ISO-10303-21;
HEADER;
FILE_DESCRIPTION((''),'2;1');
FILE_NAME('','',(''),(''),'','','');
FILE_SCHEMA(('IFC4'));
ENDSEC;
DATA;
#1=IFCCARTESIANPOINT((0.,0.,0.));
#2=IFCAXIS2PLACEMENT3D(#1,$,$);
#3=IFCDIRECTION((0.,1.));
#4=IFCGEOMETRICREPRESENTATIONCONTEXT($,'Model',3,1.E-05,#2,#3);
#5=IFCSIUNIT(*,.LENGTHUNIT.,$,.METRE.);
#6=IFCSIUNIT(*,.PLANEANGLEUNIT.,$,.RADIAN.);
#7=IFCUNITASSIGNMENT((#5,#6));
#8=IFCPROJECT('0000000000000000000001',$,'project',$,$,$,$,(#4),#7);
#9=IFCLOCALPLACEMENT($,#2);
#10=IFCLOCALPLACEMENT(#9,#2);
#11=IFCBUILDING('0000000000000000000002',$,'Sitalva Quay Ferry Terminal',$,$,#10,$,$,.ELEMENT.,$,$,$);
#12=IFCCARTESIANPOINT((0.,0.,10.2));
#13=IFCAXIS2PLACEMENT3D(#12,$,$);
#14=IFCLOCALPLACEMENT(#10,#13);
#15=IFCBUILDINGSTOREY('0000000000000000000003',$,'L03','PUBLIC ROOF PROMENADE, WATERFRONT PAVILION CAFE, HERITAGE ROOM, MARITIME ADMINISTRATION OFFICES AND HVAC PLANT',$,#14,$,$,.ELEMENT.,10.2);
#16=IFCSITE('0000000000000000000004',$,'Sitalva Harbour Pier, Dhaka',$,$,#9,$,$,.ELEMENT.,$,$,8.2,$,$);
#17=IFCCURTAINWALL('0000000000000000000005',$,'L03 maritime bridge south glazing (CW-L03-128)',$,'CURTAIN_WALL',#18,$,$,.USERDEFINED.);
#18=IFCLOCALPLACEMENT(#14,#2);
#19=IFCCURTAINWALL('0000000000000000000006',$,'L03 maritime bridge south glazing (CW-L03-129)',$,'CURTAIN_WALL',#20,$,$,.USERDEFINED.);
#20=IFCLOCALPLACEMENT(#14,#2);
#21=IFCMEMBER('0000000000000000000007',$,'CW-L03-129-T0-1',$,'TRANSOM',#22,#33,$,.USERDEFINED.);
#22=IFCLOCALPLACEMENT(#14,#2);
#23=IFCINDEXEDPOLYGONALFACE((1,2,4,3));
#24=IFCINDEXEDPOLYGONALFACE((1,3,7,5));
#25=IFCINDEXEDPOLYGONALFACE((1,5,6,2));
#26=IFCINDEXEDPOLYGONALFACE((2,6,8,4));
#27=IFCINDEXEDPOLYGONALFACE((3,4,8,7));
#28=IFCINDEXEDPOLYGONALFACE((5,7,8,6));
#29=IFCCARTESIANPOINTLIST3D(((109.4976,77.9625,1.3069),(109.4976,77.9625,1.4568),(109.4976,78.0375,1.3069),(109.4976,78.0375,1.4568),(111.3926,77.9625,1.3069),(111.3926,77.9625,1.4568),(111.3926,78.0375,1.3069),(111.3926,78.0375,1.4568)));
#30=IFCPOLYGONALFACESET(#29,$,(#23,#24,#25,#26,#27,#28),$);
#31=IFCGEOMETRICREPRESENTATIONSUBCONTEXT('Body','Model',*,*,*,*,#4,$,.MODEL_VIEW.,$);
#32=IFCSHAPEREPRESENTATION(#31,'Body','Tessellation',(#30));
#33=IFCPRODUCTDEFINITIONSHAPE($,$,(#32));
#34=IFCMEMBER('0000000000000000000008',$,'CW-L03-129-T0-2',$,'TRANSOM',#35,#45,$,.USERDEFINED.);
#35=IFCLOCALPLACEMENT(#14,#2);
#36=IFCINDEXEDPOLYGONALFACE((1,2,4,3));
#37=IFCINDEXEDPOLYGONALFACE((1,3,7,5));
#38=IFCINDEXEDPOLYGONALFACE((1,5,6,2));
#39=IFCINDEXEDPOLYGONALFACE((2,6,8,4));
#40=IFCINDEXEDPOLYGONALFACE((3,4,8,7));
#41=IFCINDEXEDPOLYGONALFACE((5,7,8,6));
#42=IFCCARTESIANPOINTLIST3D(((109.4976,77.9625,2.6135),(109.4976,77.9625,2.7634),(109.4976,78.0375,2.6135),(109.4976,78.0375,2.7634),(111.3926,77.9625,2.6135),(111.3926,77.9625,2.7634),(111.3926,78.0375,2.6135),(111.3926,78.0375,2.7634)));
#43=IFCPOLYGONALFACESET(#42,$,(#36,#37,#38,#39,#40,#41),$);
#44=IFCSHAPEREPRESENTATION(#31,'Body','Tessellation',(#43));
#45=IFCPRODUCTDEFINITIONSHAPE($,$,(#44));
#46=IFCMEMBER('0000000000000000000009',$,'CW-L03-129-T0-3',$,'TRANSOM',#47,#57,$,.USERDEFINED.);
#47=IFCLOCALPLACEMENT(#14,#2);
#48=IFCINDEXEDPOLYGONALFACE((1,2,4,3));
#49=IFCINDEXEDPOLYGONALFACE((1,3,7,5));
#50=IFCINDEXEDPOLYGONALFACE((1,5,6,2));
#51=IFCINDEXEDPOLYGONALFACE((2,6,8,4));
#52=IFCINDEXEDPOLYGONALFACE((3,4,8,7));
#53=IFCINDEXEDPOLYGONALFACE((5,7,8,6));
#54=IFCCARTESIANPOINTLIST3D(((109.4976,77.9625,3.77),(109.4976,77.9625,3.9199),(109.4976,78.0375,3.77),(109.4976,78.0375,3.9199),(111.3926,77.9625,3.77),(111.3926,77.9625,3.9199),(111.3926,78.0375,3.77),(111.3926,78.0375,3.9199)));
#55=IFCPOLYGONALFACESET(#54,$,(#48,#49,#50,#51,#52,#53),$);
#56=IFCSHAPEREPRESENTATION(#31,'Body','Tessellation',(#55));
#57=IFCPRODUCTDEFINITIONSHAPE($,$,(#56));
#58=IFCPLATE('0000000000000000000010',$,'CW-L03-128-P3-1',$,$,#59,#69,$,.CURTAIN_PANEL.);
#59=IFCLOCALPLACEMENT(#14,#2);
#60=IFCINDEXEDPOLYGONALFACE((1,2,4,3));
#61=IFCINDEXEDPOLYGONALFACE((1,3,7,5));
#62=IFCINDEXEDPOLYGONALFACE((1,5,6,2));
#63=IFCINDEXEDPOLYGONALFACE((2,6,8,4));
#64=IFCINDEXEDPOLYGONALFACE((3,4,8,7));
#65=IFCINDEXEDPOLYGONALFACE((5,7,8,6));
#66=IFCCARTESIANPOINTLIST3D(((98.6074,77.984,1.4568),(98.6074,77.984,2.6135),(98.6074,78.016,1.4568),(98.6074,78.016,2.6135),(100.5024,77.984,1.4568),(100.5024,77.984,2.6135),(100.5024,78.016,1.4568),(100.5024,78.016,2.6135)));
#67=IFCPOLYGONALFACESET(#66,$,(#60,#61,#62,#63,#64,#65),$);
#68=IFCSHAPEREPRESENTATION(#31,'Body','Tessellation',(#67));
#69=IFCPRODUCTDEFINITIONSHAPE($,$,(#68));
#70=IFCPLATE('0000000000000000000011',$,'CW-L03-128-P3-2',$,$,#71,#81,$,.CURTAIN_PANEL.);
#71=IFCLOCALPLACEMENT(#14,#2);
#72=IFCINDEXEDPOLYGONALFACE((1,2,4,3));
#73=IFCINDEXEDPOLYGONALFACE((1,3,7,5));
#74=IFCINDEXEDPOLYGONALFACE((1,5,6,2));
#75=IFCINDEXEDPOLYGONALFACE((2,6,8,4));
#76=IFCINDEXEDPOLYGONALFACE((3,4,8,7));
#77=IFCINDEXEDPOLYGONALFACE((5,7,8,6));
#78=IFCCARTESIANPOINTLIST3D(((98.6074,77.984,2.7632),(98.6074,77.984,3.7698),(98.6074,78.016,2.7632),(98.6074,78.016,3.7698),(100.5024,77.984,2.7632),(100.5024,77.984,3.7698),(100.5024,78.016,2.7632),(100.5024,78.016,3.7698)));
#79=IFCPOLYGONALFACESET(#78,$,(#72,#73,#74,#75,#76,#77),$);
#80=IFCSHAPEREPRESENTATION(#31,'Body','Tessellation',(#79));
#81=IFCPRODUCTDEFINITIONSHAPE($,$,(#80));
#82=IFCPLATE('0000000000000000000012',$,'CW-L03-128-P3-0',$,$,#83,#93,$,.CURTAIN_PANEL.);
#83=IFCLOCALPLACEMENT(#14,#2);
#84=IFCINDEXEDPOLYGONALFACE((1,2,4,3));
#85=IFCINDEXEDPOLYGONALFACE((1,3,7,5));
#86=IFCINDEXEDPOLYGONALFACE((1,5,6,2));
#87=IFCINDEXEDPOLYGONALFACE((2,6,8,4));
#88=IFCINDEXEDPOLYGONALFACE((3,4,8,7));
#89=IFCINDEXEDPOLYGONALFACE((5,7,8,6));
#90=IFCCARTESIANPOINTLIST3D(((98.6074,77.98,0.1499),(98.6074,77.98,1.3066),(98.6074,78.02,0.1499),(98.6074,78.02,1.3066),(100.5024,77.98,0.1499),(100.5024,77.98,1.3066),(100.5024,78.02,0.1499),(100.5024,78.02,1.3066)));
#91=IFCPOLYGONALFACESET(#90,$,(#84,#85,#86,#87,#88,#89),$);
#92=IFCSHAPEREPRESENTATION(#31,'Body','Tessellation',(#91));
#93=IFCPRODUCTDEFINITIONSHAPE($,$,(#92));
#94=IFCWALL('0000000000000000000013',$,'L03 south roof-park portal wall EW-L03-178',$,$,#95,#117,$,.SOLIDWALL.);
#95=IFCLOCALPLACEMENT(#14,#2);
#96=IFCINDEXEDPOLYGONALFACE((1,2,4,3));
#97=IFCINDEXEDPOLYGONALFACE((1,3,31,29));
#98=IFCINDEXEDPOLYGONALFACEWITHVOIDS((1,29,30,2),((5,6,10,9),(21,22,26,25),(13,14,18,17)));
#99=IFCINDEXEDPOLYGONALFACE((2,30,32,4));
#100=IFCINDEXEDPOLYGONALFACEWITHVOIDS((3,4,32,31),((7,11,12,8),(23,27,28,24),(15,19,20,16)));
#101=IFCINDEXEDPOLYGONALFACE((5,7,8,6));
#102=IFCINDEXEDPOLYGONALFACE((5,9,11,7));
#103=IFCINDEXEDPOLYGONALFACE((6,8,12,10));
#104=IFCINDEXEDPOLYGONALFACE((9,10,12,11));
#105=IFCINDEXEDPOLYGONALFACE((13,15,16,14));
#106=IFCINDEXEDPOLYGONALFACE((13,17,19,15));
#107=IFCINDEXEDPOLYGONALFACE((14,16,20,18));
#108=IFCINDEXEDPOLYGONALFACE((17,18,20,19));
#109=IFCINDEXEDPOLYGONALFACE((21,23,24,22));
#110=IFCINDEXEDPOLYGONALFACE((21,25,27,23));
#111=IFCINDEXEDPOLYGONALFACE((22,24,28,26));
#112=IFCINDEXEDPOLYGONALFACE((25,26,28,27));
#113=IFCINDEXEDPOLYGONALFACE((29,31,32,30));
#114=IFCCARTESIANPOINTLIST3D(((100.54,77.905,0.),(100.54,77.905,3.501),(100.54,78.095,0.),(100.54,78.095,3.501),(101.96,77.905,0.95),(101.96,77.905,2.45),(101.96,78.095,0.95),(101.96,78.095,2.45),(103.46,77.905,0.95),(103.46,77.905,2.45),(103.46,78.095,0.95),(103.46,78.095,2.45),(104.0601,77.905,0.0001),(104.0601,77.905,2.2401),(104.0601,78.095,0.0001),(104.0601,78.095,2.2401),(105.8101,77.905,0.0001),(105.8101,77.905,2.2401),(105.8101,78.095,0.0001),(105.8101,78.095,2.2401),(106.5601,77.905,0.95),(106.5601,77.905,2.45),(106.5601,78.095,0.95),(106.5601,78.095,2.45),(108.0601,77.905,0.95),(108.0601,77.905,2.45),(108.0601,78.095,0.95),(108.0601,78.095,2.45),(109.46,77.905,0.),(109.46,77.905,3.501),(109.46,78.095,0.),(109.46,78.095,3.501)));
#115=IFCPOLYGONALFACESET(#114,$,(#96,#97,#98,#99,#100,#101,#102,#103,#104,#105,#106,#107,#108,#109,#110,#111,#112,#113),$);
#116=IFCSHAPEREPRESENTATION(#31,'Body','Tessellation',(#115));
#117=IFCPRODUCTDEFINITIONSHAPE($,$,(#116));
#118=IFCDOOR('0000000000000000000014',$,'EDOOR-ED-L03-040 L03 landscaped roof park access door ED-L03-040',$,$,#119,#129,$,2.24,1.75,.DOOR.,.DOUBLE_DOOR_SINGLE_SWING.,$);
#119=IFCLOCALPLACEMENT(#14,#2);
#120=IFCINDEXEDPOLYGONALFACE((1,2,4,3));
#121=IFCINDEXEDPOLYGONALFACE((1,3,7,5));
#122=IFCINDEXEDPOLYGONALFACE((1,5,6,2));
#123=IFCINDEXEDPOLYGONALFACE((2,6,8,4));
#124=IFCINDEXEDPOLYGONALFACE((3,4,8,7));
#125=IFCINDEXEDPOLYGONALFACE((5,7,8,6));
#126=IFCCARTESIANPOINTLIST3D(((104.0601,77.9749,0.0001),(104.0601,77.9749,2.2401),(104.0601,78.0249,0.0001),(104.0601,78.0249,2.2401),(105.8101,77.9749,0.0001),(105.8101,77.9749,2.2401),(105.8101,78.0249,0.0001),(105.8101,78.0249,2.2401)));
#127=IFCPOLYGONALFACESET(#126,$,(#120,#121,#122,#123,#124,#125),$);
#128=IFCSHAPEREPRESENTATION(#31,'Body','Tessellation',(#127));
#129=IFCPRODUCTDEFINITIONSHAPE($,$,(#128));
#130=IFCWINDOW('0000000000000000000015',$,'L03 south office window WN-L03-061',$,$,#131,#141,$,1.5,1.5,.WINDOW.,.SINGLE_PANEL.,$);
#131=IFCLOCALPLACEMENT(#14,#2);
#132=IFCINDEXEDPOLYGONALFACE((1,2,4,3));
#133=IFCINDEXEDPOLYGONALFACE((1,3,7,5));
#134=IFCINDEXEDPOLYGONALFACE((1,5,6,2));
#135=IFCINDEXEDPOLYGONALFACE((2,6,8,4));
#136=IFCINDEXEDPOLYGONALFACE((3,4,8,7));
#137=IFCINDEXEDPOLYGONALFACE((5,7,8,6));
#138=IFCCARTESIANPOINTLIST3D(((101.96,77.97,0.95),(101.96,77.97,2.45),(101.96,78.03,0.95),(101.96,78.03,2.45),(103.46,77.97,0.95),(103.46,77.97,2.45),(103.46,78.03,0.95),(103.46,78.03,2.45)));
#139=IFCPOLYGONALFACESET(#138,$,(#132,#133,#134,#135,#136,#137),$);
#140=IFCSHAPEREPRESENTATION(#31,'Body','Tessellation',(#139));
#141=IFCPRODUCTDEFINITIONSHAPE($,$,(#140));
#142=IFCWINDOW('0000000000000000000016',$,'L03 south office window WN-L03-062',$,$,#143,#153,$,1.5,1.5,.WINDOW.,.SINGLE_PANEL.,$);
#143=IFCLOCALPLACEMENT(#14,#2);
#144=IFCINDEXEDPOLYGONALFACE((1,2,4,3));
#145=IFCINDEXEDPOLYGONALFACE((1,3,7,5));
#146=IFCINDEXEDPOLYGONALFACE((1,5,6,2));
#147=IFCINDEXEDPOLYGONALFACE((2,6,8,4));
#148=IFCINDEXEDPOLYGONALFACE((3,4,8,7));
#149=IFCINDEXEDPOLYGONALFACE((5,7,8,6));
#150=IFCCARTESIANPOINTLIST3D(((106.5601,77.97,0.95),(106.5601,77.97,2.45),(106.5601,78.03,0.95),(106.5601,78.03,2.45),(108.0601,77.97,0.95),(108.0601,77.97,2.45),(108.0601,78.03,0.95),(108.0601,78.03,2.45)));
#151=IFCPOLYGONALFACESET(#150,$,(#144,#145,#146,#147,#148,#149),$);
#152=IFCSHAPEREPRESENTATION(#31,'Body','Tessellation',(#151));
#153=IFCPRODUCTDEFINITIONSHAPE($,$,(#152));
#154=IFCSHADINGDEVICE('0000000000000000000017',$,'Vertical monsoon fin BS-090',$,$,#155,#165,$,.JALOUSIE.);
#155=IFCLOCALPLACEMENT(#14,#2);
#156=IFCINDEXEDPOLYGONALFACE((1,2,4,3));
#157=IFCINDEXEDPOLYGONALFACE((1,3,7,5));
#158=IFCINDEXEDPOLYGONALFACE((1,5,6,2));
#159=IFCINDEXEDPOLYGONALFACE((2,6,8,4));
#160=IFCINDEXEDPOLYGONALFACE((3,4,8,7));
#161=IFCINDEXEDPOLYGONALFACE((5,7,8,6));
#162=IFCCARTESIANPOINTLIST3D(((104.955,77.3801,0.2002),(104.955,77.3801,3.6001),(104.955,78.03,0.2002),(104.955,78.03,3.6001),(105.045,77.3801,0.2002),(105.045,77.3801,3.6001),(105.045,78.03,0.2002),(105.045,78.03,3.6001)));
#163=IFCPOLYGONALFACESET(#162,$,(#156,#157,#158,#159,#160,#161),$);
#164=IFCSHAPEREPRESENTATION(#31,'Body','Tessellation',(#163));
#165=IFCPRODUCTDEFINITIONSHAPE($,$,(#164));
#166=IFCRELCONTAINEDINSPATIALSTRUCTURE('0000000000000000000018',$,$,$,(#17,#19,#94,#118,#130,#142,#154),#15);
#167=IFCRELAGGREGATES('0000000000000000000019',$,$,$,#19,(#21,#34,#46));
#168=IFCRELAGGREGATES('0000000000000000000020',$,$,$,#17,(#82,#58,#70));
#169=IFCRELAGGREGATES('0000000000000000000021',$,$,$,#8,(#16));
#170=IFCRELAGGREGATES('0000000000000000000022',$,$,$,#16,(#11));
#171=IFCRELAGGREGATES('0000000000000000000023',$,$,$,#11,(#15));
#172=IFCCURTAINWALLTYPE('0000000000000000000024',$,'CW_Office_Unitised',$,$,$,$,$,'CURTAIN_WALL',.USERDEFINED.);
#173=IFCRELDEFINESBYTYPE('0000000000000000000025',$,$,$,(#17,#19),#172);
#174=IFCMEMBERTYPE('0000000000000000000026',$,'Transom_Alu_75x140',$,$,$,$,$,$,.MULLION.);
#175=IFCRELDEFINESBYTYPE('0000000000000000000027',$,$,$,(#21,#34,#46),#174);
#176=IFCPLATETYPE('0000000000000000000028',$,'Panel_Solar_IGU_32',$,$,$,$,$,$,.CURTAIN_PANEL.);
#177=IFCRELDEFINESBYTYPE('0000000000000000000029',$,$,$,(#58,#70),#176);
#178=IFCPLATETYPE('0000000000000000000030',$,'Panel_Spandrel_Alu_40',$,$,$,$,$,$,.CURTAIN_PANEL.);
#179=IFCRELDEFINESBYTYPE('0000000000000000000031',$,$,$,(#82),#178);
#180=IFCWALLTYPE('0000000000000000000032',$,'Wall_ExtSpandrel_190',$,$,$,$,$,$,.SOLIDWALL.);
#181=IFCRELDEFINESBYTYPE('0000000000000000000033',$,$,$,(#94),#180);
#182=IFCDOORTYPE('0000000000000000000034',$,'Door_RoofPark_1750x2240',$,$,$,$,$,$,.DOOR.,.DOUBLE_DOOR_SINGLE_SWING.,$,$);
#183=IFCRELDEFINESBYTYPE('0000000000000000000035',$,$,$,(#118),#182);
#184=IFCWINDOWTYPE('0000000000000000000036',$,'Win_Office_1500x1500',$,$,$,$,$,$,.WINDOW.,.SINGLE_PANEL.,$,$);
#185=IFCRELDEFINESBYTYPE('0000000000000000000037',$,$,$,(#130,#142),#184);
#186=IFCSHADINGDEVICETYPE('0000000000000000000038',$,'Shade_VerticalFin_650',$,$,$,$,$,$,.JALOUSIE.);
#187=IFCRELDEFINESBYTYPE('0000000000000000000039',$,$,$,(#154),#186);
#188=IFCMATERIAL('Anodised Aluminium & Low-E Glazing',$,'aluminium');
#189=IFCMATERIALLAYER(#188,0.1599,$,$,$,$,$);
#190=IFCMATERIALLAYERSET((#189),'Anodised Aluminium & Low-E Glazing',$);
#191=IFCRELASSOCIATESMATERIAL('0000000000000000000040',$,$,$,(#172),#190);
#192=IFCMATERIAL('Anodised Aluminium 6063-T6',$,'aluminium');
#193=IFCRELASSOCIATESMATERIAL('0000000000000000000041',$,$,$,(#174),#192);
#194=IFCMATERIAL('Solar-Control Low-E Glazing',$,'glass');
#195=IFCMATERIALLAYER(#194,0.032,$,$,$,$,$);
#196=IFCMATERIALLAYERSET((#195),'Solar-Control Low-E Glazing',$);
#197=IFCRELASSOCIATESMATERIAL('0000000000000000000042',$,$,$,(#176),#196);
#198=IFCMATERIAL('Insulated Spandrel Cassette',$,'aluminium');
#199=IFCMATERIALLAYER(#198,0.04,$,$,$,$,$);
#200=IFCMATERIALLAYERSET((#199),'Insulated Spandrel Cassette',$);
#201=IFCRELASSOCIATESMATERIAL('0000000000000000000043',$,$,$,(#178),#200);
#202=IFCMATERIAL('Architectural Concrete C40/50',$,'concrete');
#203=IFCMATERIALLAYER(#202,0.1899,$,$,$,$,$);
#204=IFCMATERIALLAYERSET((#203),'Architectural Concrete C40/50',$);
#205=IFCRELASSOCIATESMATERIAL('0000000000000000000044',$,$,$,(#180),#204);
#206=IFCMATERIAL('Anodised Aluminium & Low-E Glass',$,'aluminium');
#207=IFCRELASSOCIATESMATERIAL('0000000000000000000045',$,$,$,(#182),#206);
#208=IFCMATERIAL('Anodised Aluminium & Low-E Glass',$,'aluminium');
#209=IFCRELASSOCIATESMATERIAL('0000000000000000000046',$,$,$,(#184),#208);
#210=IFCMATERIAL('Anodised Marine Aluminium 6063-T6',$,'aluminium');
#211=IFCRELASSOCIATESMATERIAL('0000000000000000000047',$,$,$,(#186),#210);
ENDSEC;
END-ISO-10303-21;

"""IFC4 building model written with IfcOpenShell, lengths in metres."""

from ifc_helpers import new_model, si_unit, direction, frame, frame_2d, origin, origin_2d, place, context, subcontext, project, spatial, rectangle, extrude, material, layer, layer_set, material_profile, profile_set, type_object, element, fill, aggregate, save


model = new_model("IFC4")

# Units and contexts
model_context = context("Model", 3, precision=1e-05, world=origin(), true_north=direction((0.0, 1.0)))
body_context = subcontext(model_context, "Body", "Model", "MODEL_VIEW")
ifc_project = project(units=[si_unit("LENGTHUNIT", "METRE"), si_unit("PLANEANGLEUNIT", "RADIAN")], contexts=[model_context])

# Site, building, storey
site_placement = place(None, origin())
site = spatial("IfcSite", under=ifc_project, at=site_placement, Name="Sitalva Harbour Pier, Dhaka", CompositionType="ELEMENT", RefElevation=8.2)
building_placement = place(site_placement, origin())
building = spatial("IfcBuilding", under=site, at=building_placement, Name="Sitalva Quay Ferry Terminal", CompositionType="ELEMENT")
storey_placement = place(building_placement, frame((0.0, 0.0, 10.2)))
storey = spatial("IfcBuildingStorey", under=building, at=storey_placement, Name="L03", Description="PUBLIC ROOF PROMENADE, WATERFRONT PAVILION CAFE, HERITAGE ROOM, MARITIME ADMINISTRATION OFFICES AND HVAC PLANT", CompositionType="ELEMENT", Elevation=10.2)

# Curtain walls
ifc_material_1 = material(Name="Anodised Aluminium & Low-E Glazing", Category="aluminium")
ifc_layer_1 = layer(ifc_material_1, 0.1599)
ifc_layer_set_1 = layer_set([ifc_layer_1], Name="Anodised Aluminium & Low-E Glazing")
curtain_wall_type = type_object("IfcCurtainWallType", Name="CW_Office_Unitised", ElementType="CURTAIN_WALL", PredefinedType="USERDEFINED", material=ifc_layer_set_1)
curtain_wall_1_placement = place(storey_placement, origin())
curtain_wall_1 = element("IfcCurtainWall", 1, at=curtain_wall_1_placement, inside=storey, type_object=curtain_wall_type, Name="L03 maritime bridge south glazing (CW-L03-128)", ObjectType="CURTAIN_WALL", PredefinedType="USERDEFINED")
curtain_wall_2_placement = place(storey_placement, origin())
curtain_wall_2 = element("IfcCurtainWall", 2, at=curtain_wall_2_placement, inside=storey, type_object=curtain_wall_type, Name="L03 maritime bridge south glazing (CW-L03-129)", ObjectType="CURTAIN_WALL", PredefinedType="USERDEFINED")

# Members
ifc_material_2 = material(Name="Anodised Aluminium 6063-T6", Category="aluminium")
ifc_material_profile_1 = material_profile(ifc_material_2, rectangle(XDim=0.075, YDim=0.1499, at=origin_2d()), Name="ALU75x150")
ifc_profile_set_1 = profile_set([ifc_material_profile_1], Name="Anodised Aluminium 6063-T6")
member_type_1 = type_object("IfcMemberType", Name="Transom_Alu_75x140", PredefinedType="MULLION", material=ifc_profile_set_1)
member_1_placement = place(storey_placement, frame((109.4976, 78.0, 1.3818), z_axis=(1.0, 0.0, 0.0), x_axis=(0.0, 1.0, 0.0)))
member_1 = element("IfcMember", 3, at=member_1_placement, type_object=member_type_1, Name="CW-L03-129-T0-1", ObjectType="TRANSOM", PredefinedType="USERDEFINED", context=body_context, shape_type="SweptSolid", body=[
    extrude(rectangle(XDim=0.075, YDim=0.1499, at=origin_2d()), origin(), (0.0, 0.0, 1.0), 1.895),
])
member_2_placement = place(storey_placement, frame((109.4976, 78.0, 2.6885), z_axis=(1.0, 0.0, 0.0), x_axis=(0.0, 1.0, 0.0)))
member_2 = element("IfcMember", 4, at=member_2_placement, type_object=member_type_1, Name="CW-L03-129-T0-2", ObjectType="TRANSOM", PredefinedType="USERDEFINED", context=body_context, shape_type="SweptSolid", body=[
    extrude(rectangle(XDim=0.075, YDim=0.1499, at=origin_2d()), origin(), (0.0, 0.0, 1.0), 1.895),
])
member_3_placement = place(storey_placement, frame((109.4976, 78.0, 3.845), z_axis=(1.0, 0.0, 0.0), x_axis=(0.0, 1.0, 0.0)))
member_3 = element("IfcMember", 5, at=member_3_placement, type_object=member_type_1, Name="CW-L03-129-T0-3", ObjectType="TRANSOM", PredefinedType="USERDEFINED", context=body_context, shape_type="SweptSolid", body=[
    extrude(rectangle(XDim=0.075, YDim=0.1499, at=origin_2d()), origin(), (0.0, 0.0, 1.0), 1.895),
])
aggregate(curtain_wall_2, [member_1, member_2, member_3])

# Plates
ifc_material_3 = material(Name="Solar-Control Low-E Glazing", Category="glass")
ifc_layer_2 = layer(ifc_material_3, 0.032)
ifc_layer_set_2 = layer_set([ifc_layer_2], Name="Solar-Control Low-E Glazing")
plate_type_1 = type_object("IfcPlateType", Name="Panel_Solar_IGU_32", PredefinedType="CURTAIN_PANEL", material=ifc_layer_set_2)
plate_1_placement = place(storey_placement, frame((99.5549, 78.0, 1.4568), z_axis=(0.0, 0.0, 1.0), x_axis=(1.0, 0.0, 0.0)))
plate_1 = element("IfcPlate", 6, at=plate_1_placement, type_object=plate_type_1, Name="CW-L03-128-P3-1", PredefinedType="CURTAIN_PANEL", context=body_context, shape_type="SweptSolid", body=[
    extrude(rectangle(XDim=1.895, YDim=0.032, at=origin_2d()), origin(), (0.0, 0.0, 1.0), 1.1567),
])
plate_2_placement = place(storey_placement, frame((99.5549, 78.0, 2.7632), z_axis=(0.0, 0.0, 1.0), x_axis=(1.0, 0.0, 0.0)))
plate_2 = element("IfcPlate", 7, at=plate_2_placement, type_object=plate_type_1, Name="CW-L03-128-P3-2", PredefinedType="CURTAIN_PANEL", context=body_context, shape_type="SweptSolid", body=[
    extrude(rectangle(XDim=1.895, YDim=0.032, at=origin_2d()), origin(), (0.0, 0.0, 1.0), 1.0066),
])
ifc_material_4 = material(Name="Insulated Spandrel Cassette", Category="aluminium")
ifc_layer_3 = layer(ifc_material_4, 0.04)
ifc_layer_set_3 = layer_set([ifc_layer_3], Name="Insulated Spandrel Cassette")
plate_type_2 = type_object("IfcPlateType", Name="Panel_Spandrel_Alu_40", PredefinedType="CURTAIN_PANEL", material=ifc_layer_set_3)
plate_3_placement = place(storey_placement, frame((99.5549, 78.0, 0.1499), z_axis=(0.0, 0.0, 1.0), x_axis=(1.0, 0.0, 0.0)))
plate_3 = element("IfcPlate", 8, at=plate_3_placement, type_object=plate_type_2, Name="CW-L03-128-P3-0", PredefinedType="CURTAIN_PANEL", context=body_context, shape_type="SweptSolid", body=[
    extrude(rectangle(XDim=1.895, YDim=0.04, at=origin_2d()), origin(), (0.0, 0.0, 1.0), 1.1567),
])
aggregate(curtain_wall_1, [plate_3, plate_1, plate_2])

# Wall, openings, door, windows
ifc_material_5 = material(Name="Architectural Concrete C40/50", Category="concrete")
ifc_layer_4 = layer(ifc_material_5, 0.1899)
ifc_layer_set_4 = layer_set([ifc_layer_4], Name="Architectural Concrete C40/50")
wall_type = type_object("IfcWallType", Name="Wall_ExtSpandrel_190", PredefinedType="SOLIDWALL", material=ifc_layer_set_4)
wall_placement = place(storey_placement, frame((100.54, 78.0, 0.0), z_axis=(0.0, 0.0, 1.0), x_axis=(1.0, 0.0, 0.0)))
wall = element("IfcWall", 9, at=wall_placement, inside=storey, type_object=wall_type, Name="L03 south roof-park portal wall EW-L03-178", PredefinedType="SOLIDWALL", context=body_context, shape_type="SweptSolid", body=[
    extrude(rectangle(XDim=8.9199, YDim=0.1899, at=frame_2d((4.46, 0.0))), origin(), (0.0, 0.0, 1.0), 3.501),
])
opening_1_placement = place(wall_placement, frame((3.52, 0.0, 0.0)))
opening_1 = element("IfcOpeningElement", 10, at=opening_1_placement, cuts=wall, PredefinedType="OPENING", context=body_context, shape_type="SweptSolid", body=[
    extrude(rectangle(XDim=1.75, YDim=2.24, at=frame_2d((0.875, 1.1201))), frame((0.0, 0.105, 0.0), z_axis=(0.0, -1.0, 0.0), x_axis=(1.0, 0.0, 0.0)), (0.0, 0.0, 1.0), 0.21),
])
opening_2_placement = place(wall_placement, frame((1.4199, 0.0, 0.95)))
opening_2 = element("IfcOpeningElement", 11, at=opening_2_placement, cuts=wall, PredefinedType="OPENING", context=body_context, shape_type="SweptSolid", body=[
    extrude(rectangle(XDim=1.5, YDim=1.5, at=frame_2d((0.75, 0.75))), frame((0.0, 0.105, 0.0), z_axis=(0.0, -1.0, 0.0), x_axis=(1.0, 0.0, 0.0)), (0.0, 0.0, 1.0), 0.21),
])
opening_3_placement = place(wall_placement, frame((6.02, 0.0, 0.95)))
opening_3 = element("IfcOpeningElement", 12, at=opening_3_placement, cuts=wall, PredefinedType="OPENING", context=body_context, shape_type="SweptSolid", body=[
    extrude(rectangle(XDim=1.5, YDim=1.5, at=frame_2d((0.75, 0.75))), frame((0.0, 0.105, 0.0), z_axis=(0.0, -1.0, 0.0), x_axis=(1.0, 0.0, 0.0)), (0.0, 0.0, 1.0), 0.21),
])
ifc_material_6 = material(Name="Anodised Aluminium & Low-E Glass", Category="aluminium")
door_type = type_object("IfcDoorType", Name="Door_RoofPark_1750x2240", OperationType="DOUBLE_DOOR_SINGLE_SWING", PredefinedType="DOOR", material=ifc_material_6)
door_placement = place(opening_1_placement, origin())
door = element("IfcDoor", 13, at=door_placement, inside=storey, type_object=door_type, Name="EDOOR-ED-L03-040 L03 landscaped roof park access door ED-L03-040", OperationType="DOUBLE_DOOR_SINGLE_SWING", OverallHeight=2.24, OverallWidth=1.75, PredefinedType="DOOR", context=body_context, shape_type="SweptSolid", body=[
    extrude(rectangle(XDim=1.75, YDim=2.24, at=frame_2d((0.875, 1.1201))), frame((0.0, 0.0249, 0.0), z_axis=(0.0, -1.0, 0.0), x_axis=(1.0, 0.0, 0.0)), (0.0, 0.0, 1.0), 0.05),
])
fill(opening_1, door)
ifc_material_7 = material(Name="Anodised Aluminium & Low-E Glass", Category="aluminium")
window_type = type_object("IfcWindowType", Name="Win_Office_1500x1500", PartitioningType="SINGLE_PANEL", PredefinedType="WINDOW", material=ifc_material_7)
window_1_placement = place(opening_2_placement, origin())
window_1 = element("IfcWindow", 14, at=window_1_placement, inside=storey, type_object=window_type, Name="L03 south office window WN-L03-061", OverallHeight=1.5, OverallWidth=1.5, PartitioningType="SINGLE_PANEL", PredefinedType="WINDOW", context=body_context, shape_type="SweptSolid", body=[
    extrude(rectangle(XDim=1.5, YDim=1.5, at=frame_2d((0.75, 0.75))), frame((0.0, 0.03, 0.0), z_axis=(0.0, -1.0, 0.0), x_axis=(1.0, 0.0, 0.0)), (0.0, 0.0, 1.0), 0.0601),
])
fill(opening_2, window_1)
window_2_placement = place(opening_3_placement, origin())
window_2 = element("IfcWindow", 15, at=window_2_placement, inside=storey, type_object=window_type, Name="L03 south office window WN-L03-062", OverallHeight=1.5, OverallWidth=1.5, PartitioningType="SINGLE_PANEL", PredefinedType="WINDOW", context=body_context, shape_type="SweptSolid", body=[
    extrude(rectangle(XDim=1.5, YDim=1.5, at=frame_2d((0.75, 0.75))), frame((0.0, 0.03, 0.0), z_axis=(0.0, -1.0, 0.0), x_axis=(1.0, 0.0, 0.0)), (0.0, 0.0, 1.0), 0.0601),
])
fill(opening_3, window_2)

# Shading device
ifc_material_8 = material(Name="Anodised Marine Aluminium 6063-T6", Category="aluminium")
shading_device_type = type_object("IfcShadingDeviceType", Name="Shade_VerticalFin_650", PredefinedType="JALOUSIE", material=ifc_material_8)
shading_device_placement = place(storey_placement, frame((105.0, 77.7051, 0.2002), z_axis=(0.0, 0.0, 1.0), x_axis=(1.0, 0.0, 0.0)))
element("IfcShadingDevice", 16, at=shading_device_placement, inside=storey, type_object=shading_device_type, Name="Vertical monsoon fin BS-090", PredefinedType="JALOUSIE", context=body_context, shape_type="SweptSolid", body=[
    extrude(rectangle(XDim=0.0901, YDim=0.6499, at=origin_2d()), origin(), (0.0, 0.0, 1.0), 3.3999),
])

save(model, "model.ifc")
